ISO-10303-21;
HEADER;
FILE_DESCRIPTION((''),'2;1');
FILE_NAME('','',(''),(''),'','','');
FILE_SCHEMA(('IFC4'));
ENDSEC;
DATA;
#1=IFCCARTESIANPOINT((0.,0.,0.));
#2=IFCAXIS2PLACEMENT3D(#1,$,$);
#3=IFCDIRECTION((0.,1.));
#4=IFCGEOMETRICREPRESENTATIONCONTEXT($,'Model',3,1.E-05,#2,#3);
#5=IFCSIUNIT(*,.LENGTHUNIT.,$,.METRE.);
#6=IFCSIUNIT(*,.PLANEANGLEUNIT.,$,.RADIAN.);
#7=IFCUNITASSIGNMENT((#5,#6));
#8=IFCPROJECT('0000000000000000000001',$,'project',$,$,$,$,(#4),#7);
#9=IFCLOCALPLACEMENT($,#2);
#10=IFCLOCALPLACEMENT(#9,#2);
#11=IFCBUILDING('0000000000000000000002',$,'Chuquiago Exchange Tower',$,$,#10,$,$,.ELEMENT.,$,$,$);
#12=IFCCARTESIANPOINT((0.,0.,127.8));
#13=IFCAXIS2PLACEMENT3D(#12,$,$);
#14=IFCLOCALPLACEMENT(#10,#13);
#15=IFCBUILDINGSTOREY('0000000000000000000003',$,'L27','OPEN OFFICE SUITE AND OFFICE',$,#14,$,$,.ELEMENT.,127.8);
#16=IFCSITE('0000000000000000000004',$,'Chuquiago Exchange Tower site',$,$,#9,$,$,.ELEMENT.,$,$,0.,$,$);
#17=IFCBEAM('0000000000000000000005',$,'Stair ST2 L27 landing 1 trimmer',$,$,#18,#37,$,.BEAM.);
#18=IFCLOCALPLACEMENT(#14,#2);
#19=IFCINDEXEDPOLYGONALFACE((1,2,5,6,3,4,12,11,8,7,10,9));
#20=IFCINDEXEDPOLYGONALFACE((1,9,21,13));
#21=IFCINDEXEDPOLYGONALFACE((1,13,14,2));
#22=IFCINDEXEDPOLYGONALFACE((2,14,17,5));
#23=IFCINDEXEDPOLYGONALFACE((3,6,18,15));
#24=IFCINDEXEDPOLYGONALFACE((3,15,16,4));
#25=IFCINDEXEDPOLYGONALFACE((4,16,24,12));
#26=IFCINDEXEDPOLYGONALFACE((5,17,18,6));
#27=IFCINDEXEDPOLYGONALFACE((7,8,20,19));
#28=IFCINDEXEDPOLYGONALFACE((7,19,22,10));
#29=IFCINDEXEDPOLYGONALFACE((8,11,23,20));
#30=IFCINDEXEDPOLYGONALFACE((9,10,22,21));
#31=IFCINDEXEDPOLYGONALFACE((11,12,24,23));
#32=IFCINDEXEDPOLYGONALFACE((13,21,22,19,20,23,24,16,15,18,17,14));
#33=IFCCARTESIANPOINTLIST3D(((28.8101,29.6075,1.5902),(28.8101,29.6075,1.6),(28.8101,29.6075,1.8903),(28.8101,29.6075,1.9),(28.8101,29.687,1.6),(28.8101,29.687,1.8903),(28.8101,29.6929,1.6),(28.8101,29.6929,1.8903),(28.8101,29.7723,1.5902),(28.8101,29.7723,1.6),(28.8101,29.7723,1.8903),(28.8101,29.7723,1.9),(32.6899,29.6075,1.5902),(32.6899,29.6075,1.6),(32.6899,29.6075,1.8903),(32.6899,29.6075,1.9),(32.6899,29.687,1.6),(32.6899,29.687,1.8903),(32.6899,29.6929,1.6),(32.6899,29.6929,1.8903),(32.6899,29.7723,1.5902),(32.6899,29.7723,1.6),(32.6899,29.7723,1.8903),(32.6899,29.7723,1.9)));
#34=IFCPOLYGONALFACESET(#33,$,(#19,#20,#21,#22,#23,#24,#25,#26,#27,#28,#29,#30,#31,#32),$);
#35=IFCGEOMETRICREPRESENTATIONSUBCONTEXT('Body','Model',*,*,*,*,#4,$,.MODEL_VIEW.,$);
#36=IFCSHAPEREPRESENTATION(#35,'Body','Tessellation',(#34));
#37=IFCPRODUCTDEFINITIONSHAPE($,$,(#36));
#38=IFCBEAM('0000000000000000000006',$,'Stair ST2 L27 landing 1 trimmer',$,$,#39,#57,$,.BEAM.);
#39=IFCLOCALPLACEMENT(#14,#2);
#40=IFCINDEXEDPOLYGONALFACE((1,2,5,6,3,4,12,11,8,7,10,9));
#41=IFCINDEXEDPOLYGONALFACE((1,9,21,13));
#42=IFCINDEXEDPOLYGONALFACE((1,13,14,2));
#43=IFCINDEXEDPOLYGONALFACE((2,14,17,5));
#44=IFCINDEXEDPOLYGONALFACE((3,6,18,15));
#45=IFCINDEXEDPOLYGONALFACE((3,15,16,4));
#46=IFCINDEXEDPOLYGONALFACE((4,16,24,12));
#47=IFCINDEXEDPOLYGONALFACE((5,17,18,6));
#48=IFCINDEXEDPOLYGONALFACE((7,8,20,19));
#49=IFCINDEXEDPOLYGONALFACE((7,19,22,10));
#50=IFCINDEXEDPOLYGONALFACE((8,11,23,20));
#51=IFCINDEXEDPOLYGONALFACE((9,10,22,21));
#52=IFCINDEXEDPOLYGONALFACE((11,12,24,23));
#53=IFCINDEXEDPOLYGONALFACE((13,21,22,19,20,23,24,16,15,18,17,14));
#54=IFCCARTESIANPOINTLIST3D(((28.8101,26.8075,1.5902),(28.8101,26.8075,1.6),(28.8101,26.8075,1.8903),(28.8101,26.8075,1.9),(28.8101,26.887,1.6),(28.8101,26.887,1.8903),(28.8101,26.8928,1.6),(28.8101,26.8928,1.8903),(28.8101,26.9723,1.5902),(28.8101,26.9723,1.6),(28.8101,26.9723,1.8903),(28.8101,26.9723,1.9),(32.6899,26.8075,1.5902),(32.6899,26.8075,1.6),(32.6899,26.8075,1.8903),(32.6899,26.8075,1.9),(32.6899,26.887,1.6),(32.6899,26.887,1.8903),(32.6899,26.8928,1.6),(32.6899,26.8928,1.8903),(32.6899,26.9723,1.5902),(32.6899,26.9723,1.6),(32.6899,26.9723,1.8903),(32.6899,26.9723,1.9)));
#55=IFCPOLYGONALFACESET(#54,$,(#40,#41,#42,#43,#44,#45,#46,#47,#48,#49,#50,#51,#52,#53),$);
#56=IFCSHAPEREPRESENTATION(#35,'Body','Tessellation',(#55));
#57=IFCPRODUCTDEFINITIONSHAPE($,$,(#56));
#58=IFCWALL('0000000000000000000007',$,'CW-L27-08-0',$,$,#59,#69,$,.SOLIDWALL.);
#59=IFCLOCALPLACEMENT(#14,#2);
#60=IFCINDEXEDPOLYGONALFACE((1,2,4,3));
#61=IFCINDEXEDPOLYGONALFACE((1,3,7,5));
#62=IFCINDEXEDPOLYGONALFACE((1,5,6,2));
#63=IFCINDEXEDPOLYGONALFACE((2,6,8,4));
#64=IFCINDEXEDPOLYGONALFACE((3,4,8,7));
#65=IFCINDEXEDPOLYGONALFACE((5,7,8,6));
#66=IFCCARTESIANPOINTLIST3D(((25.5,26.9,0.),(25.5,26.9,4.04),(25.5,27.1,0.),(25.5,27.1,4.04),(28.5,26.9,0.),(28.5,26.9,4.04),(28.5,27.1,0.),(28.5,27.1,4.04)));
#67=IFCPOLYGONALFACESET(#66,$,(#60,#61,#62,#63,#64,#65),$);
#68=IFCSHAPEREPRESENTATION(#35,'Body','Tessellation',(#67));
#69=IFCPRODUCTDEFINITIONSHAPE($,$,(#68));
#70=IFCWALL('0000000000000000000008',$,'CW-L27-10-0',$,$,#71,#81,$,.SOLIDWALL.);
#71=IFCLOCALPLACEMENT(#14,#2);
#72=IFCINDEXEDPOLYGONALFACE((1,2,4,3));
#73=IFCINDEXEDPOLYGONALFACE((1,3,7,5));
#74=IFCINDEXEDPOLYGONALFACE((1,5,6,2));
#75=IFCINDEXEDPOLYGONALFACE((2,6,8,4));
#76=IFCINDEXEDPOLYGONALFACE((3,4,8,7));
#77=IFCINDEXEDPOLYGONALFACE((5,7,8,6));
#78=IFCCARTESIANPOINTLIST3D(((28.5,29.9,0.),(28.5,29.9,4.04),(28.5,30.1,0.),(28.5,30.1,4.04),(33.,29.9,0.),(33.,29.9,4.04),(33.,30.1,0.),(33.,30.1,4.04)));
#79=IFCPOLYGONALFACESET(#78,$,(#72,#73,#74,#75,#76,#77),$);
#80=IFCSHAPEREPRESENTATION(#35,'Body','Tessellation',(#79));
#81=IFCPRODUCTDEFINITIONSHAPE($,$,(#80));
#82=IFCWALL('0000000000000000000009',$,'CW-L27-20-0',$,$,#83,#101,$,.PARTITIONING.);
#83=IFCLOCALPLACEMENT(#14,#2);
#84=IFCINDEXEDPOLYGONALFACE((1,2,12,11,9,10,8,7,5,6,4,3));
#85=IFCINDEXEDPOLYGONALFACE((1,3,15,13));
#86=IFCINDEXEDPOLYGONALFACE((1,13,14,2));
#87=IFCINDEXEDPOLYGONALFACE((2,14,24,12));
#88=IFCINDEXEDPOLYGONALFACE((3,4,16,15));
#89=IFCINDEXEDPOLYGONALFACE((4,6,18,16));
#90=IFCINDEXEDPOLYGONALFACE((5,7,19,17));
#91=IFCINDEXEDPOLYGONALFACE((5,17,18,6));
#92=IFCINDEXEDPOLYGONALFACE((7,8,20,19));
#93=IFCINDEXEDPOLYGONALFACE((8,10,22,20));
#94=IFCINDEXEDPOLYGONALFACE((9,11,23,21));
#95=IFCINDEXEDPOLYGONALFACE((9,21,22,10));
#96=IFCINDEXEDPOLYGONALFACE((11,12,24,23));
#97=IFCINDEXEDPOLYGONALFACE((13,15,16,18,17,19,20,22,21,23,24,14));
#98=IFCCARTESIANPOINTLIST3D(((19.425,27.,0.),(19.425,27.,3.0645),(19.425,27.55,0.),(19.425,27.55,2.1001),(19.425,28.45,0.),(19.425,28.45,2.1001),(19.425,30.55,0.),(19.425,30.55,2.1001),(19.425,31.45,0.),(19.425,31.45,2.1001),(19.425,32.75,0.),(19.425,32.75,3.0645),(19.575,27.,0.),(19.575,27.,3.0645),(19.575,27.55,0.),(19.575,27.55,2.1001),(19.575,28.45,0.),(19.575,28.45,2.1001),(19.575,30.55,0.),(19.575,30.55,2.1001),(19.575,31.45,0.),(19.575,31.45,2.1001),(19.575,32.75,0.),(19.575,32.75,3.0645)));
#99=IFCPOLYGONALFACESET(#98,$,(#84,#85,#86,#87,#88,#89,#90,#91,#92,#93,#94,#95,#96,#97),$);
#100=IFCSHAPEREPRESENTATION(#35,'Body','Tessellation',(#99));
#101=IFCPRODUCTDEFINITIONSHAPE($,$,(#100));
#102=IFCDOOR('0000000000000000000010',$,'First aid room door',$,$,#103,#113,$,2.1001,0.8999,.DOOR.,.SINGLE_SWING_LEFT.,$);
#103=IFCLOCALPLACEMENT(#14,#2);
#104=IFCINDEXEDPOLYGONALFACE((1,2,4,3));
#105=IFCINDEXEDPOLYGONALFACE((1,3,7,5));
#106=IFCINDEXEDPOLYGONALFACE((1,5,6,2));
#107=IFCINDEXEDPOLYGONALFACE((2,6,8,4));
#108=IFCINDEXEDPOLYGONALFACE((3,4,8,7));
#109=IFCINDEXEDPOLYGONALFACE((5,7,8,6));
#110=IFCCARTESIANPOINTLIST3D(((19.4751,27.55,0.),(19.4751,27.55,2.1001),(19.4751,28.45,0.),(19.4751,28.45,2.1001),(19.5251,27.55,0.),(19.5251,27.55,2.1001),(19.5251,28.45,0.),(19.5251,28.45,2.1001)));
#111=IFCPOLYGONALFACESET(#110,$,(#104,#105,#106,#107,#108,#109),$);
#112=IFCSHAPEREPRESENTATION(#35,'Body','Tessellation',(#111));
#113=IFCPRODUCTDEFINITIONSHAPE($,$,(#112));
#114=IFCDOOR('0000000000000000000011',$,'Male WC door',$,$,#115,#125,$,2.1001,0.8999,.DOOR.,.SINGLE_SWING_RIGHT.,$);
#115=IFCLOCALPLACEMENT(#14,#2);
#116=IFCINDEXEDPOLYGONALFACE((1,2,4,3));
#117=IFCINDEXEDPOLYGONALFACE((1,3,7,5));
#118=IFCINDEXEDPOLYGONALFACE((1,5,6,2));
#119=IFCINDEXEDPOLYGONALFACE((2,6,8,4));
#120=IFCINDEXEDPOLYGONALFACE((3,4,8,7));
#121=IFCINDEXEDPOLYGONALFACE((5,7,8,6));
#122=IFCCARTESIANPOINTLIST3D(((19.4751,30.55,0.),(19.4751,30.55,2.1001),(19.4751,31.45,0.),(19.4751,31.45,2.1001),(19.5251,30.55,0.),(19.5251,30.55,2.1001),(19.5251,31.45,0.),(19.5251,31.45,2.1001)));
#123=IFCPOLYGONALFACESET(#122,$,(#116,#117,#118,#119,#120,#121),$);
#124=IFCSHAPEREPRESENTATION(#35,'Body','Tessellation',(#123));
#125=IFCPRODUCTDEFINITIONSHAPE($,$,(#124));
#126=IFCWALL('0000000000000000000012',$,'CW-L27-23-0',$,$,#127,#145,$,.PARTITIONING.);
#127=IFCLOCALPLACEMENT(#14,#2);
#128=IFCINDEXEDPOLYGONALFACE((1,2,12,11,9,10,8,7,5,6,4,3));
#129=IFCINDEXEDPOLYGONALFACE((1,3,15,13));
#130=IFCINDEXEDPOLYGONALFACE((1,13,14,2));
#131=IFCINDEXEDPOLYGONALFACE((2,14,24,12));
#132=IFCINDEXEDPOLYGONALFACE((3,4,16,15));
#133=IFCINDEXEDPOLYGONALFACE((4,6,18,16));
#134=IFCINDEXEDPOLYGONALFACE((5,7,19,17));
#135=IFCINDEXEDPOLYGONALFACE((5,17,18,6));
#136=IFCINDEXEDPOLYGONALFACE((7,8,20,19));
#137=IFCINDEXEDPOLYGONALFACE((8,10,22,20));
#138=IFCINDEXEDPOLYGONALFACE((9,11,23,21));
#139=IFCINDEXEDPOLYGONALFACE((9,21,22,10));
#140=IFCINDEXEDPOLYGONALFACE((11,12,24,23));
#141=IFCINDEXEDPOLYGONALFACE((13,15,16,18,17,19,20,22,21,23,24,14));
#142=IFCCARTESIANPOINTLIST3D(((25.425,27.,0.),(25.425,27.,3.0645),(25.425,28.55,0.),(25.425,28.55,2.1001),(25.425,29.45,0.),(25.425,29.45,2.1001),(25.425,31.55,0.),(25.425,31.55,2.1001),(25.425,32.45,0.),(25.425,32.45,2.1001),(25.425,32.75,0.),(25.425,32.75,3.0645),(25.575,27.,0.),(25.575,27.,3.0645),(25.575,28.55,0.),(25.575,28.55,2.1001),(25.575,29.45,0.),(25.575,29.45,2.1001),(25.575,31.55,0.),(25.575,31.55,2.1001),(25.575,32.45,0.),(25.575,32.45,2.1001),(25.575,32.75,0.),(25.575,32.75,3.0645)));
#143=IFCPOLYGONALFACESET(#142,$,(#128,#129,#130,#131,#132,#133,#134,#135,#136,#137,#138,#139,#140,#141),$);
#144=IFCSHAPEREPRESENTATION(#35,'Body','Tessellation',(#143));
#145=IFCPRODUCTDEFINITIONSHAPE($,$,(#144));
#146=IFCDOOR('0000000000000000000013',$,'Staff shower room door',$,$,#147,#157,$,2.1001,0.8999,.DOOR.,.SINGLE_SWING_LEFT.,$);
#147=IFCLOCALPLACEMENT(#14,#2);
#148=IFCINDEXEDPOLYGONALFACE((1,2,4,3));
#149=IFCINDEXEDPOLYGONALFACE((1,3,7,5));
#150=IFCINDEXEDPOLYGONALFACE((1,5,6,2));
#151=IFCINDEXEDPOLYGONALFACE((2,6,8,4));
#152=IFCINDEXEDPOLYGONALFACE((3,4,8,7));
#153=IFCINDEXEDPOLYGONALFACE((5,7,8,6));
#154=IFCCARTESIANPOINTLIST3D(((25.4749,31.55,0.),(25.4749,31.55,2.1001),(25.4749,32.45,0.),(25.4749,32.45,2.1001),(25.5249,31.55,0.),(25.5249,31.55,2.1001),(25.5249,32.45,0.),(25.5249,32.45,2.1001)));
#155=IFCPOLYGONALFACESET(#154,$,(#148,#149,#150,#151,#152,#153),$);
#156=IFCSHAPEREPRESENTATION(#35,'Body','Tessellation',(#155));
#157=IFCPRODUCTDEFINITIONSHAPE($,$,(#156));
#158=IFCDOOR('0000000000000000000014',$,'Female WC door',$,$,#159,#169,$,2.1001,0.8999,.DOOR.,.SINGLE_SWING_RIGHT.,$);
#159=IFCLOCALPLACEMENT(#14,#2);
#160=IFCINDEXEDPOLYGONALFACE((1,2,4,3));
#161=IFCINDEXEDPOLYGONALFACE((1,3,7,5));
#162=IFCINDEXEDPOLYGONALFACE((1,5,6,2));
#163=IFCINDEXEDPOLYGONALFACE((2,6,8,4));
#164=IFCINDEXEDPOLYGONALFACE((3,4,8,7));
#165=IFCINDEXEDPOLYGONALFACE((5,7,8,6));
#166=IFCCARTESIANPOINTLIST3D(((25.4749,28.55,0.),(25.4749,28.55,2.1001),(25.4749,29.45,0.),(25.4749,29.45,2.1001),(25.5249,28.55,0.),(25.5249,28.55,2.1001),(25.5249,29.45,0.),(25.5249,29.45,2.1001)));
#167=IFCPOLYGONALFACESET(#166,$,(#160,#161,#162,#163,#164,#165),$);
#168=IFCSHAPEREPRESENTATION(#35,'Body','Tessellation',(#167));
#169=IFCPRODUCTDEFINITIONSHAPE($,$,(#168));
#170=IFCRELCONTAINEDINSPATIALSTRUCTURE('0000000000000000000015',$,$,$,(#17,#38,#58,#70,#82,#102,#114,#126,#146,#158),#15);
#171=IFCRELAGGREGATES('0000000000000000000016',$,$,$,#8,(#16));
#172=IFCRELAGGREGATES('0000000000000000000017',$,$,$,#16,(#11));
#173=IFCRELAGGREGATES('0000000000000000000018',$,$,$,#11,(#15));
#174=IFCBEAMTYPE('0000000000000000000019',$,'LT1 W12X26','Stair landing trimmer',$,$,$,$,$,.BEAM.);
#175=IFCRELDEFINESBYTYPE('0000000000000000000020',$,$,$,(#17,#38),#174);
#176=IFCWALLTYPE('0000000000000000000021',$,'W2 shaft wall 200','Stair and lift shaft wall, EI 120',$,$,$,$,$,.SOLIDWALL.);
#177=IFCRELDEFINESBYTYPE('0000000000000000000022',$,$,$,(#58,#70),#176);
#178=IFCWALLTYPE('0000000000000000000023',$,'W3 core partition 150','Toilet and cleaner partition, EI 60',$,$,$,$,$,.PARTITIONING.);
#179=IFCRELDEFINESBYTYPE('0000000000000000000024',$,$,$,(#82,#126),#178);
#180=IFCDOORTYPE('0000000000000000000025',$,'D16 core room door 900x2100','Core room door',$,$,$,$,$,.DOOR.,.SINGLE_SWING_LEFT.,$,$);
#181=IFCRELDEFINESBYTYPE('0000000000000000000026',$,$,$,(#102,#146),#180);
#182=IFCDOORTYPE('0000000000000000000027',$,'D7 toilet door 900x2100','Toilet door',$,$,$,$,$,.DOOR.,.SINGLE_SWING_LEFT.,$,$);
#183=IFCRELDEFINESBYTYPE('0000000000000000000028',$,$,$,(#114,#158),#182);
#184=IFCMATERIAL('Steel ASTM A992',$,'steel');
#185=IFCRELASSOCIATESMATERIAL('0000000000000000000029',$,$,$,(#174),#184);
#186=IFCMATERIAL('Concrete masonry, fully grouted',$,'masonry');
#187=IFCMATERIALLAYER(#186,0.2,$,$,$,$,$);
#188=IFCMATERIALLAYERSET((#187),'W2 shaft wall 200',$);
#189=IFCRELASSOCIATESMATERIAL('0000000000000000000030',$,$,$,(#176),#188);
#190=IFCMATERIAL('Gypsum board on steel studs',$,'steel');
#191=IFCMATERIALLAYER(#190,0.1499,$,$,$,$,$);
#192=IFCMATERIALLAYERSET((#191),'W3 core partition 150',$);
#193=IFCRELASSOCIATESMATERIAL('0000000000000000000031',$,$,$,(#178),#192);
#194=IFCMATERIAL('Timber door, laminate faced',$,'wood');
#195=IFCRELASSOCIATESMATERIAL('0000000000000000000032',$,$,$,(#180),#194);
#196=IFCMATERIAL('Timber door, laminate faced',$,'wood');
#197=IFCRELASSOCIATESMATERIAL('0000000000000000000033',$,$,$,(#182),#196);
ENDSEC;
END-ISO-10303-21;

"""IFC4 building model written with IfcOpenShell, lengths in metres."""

from ifc_helpers import new_model, si_unit, direction, frame, frame_2d, origin, origin_2d, place, context, subcontext, project, spatial, rectangle, i_section, extrude, material, layer, layer_set, material_profile, profile_set, type_object, element, fill, save


model = new_model("IFC4")

# Units and contexts
model_context = context("Model", 3, precision=1e-05, world=origin(), true_north=direction((0.0, 1.0)))
body_context = subcontext(model_context, "Body", "Model", "MODEL_VIEW")
ifc_project = project(units=[si_unit("LENGTHUNIT", "METRE"), si_unit("PLANEANGLEUNIT", "RADIAN")], contexts=[model_context])

# Site, building, storey
site_placement = place(None, origin())
site = spatial("IfcSite", under=ifc_project, at=site_placement, Name="Chuquiago Exchange Tower site", CompositionType="ELEMENT", RefElevation=0.0)
building_placement = place(site_placement, origin())
building = spatial("IfcBuilding", under=site, at=building_placement, Name="Chuquiago Exchange Tower", CompositionType="ELEMENT")
storey_placement = place(building_placement, frame((0.0, 0.0, 127.8)))
storey = spatial("IfcBuildingStorey", under=building, at=storey_placement, Name="L27", Description="OPEN OFFICE SUITE AND OFFICE", CompositionType="ELEMENT", Elevation=127.8)

# Beams
ifc_material_1 = material(Name="Steel ASTM A992", Category="steel")
ifc_material_profile_1 = material_profile(ifc_material_1, i_section(OverallWidth=0.1648, OverallDepth=0.3098, WebThickness=0.0059, FlangeThickness=0.0098, at=origin_2d()), Name="W12X26")
ifc_profile_set_1 = profile_set([ifc_material_profile_1], Name="Steel ASTM A992")
beam_type_1 = type_object("IfcBeamType", Name="LT1 W12X26", Description="Stair landing trimmer", PredefinedType="BEAM", material=ifc_profile_set_1)
for number, where, z_axis, x_axis, name in (
    (1, (28.8101, 29.6899, 1.7451), (1.0, 0.0, 0.0), (0.0, 1.0, 0.0), "Stair ST2 L27 landing 1 trimmer"),
    (2, (28.8101, 26.8899, 1.7451), (1.0, 0.0, 0.0), (0.0, 1.0, 0.0), "Stair ST2 L27 landing 1 trimmer"),
):
    element("IfcBeam", number, at=place(storey_placement, frame(where, z_axis=z_axis, x_axis=x_axis)), inside=storey, type_object=beam_type_1, Name=name, PredefinedType="BEAM", context=body_context, shape_type="SweptSolid", body=[
        extrude(i_section(OverallWidth=0.1648, OverallDepth=0.3098, WebThickness=0.0059, FlangeThickness=0.0098, at=origin_2d()), origin(), (0.0, 0.0, 1.0), 3.8799),
    ])

# Walls
ifc_material_2 = material(Name="Concrete masonry, fully grouted", Category="masonry")
ifc_layer_1 = layer(ifc_material_2, 0.2)
ifc_layer_set_1 = layer_set([ifc_layer_1], Name="W2 shaft wall 200")
wall_type_1 = type_object("IfcWallType", Name="W2 shaft wall 200", Description="Stair and lift shaft wall, EI 120", PredefinedType="SOLIDWALL", material=ifc_layer_set_1)
wall_1_placement = place(storey_placement, frame((25.5, 27.0, 0.0), z_axis=(0.0, 0.0, 1.0), x_axis=(1.0, 0.0, 0.0)))
element("IfcWall", 3, at=wall_1_placement, inside=storey, type_object=wall_type_1, Name="CW-L27-08-0", PredefinedType="SOLIDWALL", context=body_context, shape_type="SweptSolid", body=[
    extrude(rectangle(XDim=3.0, YDim=0.2, at=frame_2d((1.5, 0.0))), origin(), (0.0, 0.0, 1.0), 4.04),
])
wall_2_placement = place(storey_placement, frame((28.5, 30.0, 0.0), z_axis=(0.0, 0.0, 1.0), x_axis=(1.0, 0.0, 0.0)))
element("IfcWall", 4, at=wall_2_placement, inside=storey, type_object=wall_type_1, Name="CW-L27-10-0", PredefinedType="SOLIDWALL", context=body_context, shape_type="SweptSolid", body=[
    extrude(rectangle(XDim=4.5, YDim=0.2, at=frame_2d((2.25, 0.0))), origin(), (0.0, 0.0, 1.0), 4.04),
])

# Walls, openings, doors
ifc_material_3 = material(Name="Gypsum board on steel studs", Category="steel")
ifc_layer_2 = layer(ifc_material_3, 0.1499)
ifc_layer_set_2 = layer_set([ifc_layer_2], Name="W3 core partition 150")
wall_type_2 = type_object("IfcWallType", Name="W3 core partition 150", Description="Toilet and cleaner partition, EI 60", PredefinedType="PARTITIONING", material=ifc_layer_set_2)
wall_3_placement = place(storey_placement, frame((19.5, 27.0, 0.0), z_axis=(0.0, 0.0, 1.0), x_axis=(0.0, 1.0, 0.0)))
wall_3 = element("IfcWall", 5, at=wall_3_placement, inside=storey, type_object=wall_type_2, Name="CW-L27-20-0", PredefinedType="PARTITIONING", context=body_context, shape_type="SweptSolid", body=[
    extrude(rectangle(XDim=5.75, YDim=0.1499, at=frame_2d((2.875, 0.0))), origin(), (0.0, 0.0, 1.0), 3.0645),
])
opening_1_placement = place(wall_3_placement, frame((0.55, 0.0, 0.0)))
opening_1 = element("IfcOpeningElement", 6, at=opening_1_placement, cuts=wall_3, PredefinedType="OPENING", context=body_context, shape_type="SweptSolid", body=[
    extrude(rectangle(XDim=0.8999, YDim=2.1001, at=frame_2d((0.45, 1.05))), frame((0.0, 0.085, 0.0), z_axis=(0.0, -1.0, 0.0), x_axis=(1.0, 0.0, 0.0)), (0.0, 0.0, 1.0), 0.1699),
])
opening_2_placement = place(wall_3_placement, frame((3.55, 0.0, 0.0)))
opening_2 = element("IfcOpeningElement", 7, at=opening_2_placement, cuts=wall_3, PredefinedType="OPENING", context=body_context, shape_type="SweptSolid", body=[
    extrude(rectangle(XDim=0.8999, YDim=2.1001, at=frame_2d((0.45, 1.05))), frame((0.0, 0.085, 0.0), z_axis=(0.0, -1.0, 0.0), x_axis=(1.0, 0.0, 0.0)), (0.0, 0.0, 1.0), 0.1699),
])
ifc_material_4 = material(Name="Timber door, laminate faced", Category="wood")
door_type_1 = type_object("IfcDoorType", Name="D16 core room door 900x2100", Description="Core room door", OperationType="SINGLE_SWING_LEFT", PredefinedType="DOOR", material=ifc_material_4)
door_1_placement = place(opening_1_placement, origin())
door_1 = element("IfcDoor", 8, at=door_1_placement, inside=storey, type_object=door_type_1, Name="First aid room door", OperationType="SINGLE_SWING_LEFT", OverallHeight=2.1001, OverallWidth=0.8999, PredefinedType="DOOR", context=body_context, shape_type="SweptSolid", body=[
    extrude(rectangle(XDim=0.8999, YDim=2.1001, at=frame_2d((0.45, 1.05))), frame((0.0, 0.0249, 0.0), z_axis=(0.0, -1.0, 0.0), x_axis=(1.0, 0.0, 0.0)), (0.0, 0.0, 1.0), 0.05),
])
fill(opening_1, door_1)
ifc_material_5 = material(Name="Timber door, laminate faced", Category="wood")
door_type_2 = type_object("IfcDoorType", Name="D7 toilet door 900x2100", Description="Toilet door", OperationType="SINGLE_SWING_LEFT", PredefinedType="DOOR", material=ifc_material_5)
door_2_placement = place(opening_2_placement, origin())
door_2 = element("IfcDoor", 9, at=door_2_placement, inside=storey, type_object=door_type_2, Name="Male WC door", OperationType="SINGLE_SWING_RIGHT", OverallHeight=2.1001, OverallWidth=0.8999, PredefinedType="DOOR", context=body_context, shape_type="SweptSolid", body=[
    extrude(rectangle(XDim=0.8999, YDim=2.1001, at=frame_2d((0.45, 1.05))), frame((0.0, 0.0249, 0.0), z_axis=(0.0, -1.0, 0.0), x_axis=(1.0, 0.0, 0.0)), (0.0, 0.0, 1.0), 0.05),
])
fill(opening_2, door_2)
wall_4_placement = place(storey_placement, frame((25.5, 27.0, 0.0), z_axis=(0.0, 0.0, 1.0), x_axis=(0.0, 1.0, 0.0)))
wall_4 = element("IfcWall", 10, at=wall_4_placement, inside=storey, type_object=wall_type_2, Name="CW-L27-23-0", PredefinedType="PARTITIONING", context=body_context, shape_type="SweptSolid", body=[
    extrude(rectangle(XDim=5.75, YDim=0.1499, at=frame_2d((2.875, 0.0))), origin(), (0.0, 0.0, 1.0), 3.0645),
])
opening_3_placement = place(wall_4_placement, frame((1.55, 0.0, 0.0)))
opening_3 = element("IfcOpeningElement", 11, at=opening_3_placement, cuts=wall_4, PredefinedType="OPENING", context=body_context, shape_type="SweptSolid", body=[
    extrude(rectangle(XDim=0.8999, YDim=2.1001, at=frame_2d((0.45, 1.05))), frame((0.0, 0.085, 0.0), z_axis=(0.0, -1.0, 0.0), x_axis=(1.0, 0.0, 0.0)), (0.0, 0.0, 1.0), 0.1699),
])
opening_4_placement = place(wall_4_placement, frame((4.55, 0.0, 0.0)))
opening_4 = element("IfcOpeningElement", 12, at=opening_4_placement, cuts=wall_4, PredefinedType="OPENING", context=body_context, shape_type="SweptSolid", body=[
    extrude(rectangle(XDim=0.8999, YDim=2.1001, at=frame_2d((0.45, 1.05))), frame((0.0, 0.085, 0.0), z_axis=(0.0, -1.0, 0.0), x_axis=(1.0, 0.0, 0.0)), (0.0, 0.0, 1.0), 0.1699),
])
door_3_placement = place(opening_4_placement, frame((0.8999, 0.0, 0.0), z_axis=(0.0, 0.0, 1.0), x_axis=(-1.0, 0.0, 0.0)))
door_3 = element("IfcDoor", 13, at=door_3_placement, inside=storey, type_object=door_type_1, Name="Staff shower room door", OperationType="SINGLE_SWING_LEFT", OverallHeight=2.1001, OverallWidth=0.8999, PredefinedType="DOOR", context=body_context, shape_type="SweptSolid", body=[
    extrude(rectangle(XDim=0.8999, YDim=2.1001, at=frame_2d((0.45, 1.05))), frame((0.0, 0.0249, 0.0), z_axis=(0.0, -1.0, 0.0), x_axis=(1.0, 0.0, 0.0)), (0.0, 0.0, 1.0), 0.05),
])
fill(opening_4, door_3)
door_4_placement = place(opening_3_placement, frame((0.8999, 0.0, 0.0), z_axis=(0.0, 0.0, 1.0), x_axis=(-1.0, 0.0, 0.0)))
door_4 = element("IfcDoor", 14, at=door_4_placement, inside=storey, type_object=door_type_2, Name="Female WC door", OperationType="SINGLE_SWING_RIGHT", OverallHeight=2.1001, OverallWidth=0.8999, PredefinedType="DOOR", context=body_context, shape_type="SweptSolid", body=[
    extrude(rectangle(XDim=0.8999, YDim=2.1001, at=frame_2d((0.45, 1.05))), frame((0.0, 0.0249, 0.0), z_axis=(0.0, -1.0, 0.0), x_axis=(1.0, 0.0, 0.0)), (0.0, 0.0, 1.0), 0.05),
])
fill(opening_3, door_4)

save(model, "model.ifc")
